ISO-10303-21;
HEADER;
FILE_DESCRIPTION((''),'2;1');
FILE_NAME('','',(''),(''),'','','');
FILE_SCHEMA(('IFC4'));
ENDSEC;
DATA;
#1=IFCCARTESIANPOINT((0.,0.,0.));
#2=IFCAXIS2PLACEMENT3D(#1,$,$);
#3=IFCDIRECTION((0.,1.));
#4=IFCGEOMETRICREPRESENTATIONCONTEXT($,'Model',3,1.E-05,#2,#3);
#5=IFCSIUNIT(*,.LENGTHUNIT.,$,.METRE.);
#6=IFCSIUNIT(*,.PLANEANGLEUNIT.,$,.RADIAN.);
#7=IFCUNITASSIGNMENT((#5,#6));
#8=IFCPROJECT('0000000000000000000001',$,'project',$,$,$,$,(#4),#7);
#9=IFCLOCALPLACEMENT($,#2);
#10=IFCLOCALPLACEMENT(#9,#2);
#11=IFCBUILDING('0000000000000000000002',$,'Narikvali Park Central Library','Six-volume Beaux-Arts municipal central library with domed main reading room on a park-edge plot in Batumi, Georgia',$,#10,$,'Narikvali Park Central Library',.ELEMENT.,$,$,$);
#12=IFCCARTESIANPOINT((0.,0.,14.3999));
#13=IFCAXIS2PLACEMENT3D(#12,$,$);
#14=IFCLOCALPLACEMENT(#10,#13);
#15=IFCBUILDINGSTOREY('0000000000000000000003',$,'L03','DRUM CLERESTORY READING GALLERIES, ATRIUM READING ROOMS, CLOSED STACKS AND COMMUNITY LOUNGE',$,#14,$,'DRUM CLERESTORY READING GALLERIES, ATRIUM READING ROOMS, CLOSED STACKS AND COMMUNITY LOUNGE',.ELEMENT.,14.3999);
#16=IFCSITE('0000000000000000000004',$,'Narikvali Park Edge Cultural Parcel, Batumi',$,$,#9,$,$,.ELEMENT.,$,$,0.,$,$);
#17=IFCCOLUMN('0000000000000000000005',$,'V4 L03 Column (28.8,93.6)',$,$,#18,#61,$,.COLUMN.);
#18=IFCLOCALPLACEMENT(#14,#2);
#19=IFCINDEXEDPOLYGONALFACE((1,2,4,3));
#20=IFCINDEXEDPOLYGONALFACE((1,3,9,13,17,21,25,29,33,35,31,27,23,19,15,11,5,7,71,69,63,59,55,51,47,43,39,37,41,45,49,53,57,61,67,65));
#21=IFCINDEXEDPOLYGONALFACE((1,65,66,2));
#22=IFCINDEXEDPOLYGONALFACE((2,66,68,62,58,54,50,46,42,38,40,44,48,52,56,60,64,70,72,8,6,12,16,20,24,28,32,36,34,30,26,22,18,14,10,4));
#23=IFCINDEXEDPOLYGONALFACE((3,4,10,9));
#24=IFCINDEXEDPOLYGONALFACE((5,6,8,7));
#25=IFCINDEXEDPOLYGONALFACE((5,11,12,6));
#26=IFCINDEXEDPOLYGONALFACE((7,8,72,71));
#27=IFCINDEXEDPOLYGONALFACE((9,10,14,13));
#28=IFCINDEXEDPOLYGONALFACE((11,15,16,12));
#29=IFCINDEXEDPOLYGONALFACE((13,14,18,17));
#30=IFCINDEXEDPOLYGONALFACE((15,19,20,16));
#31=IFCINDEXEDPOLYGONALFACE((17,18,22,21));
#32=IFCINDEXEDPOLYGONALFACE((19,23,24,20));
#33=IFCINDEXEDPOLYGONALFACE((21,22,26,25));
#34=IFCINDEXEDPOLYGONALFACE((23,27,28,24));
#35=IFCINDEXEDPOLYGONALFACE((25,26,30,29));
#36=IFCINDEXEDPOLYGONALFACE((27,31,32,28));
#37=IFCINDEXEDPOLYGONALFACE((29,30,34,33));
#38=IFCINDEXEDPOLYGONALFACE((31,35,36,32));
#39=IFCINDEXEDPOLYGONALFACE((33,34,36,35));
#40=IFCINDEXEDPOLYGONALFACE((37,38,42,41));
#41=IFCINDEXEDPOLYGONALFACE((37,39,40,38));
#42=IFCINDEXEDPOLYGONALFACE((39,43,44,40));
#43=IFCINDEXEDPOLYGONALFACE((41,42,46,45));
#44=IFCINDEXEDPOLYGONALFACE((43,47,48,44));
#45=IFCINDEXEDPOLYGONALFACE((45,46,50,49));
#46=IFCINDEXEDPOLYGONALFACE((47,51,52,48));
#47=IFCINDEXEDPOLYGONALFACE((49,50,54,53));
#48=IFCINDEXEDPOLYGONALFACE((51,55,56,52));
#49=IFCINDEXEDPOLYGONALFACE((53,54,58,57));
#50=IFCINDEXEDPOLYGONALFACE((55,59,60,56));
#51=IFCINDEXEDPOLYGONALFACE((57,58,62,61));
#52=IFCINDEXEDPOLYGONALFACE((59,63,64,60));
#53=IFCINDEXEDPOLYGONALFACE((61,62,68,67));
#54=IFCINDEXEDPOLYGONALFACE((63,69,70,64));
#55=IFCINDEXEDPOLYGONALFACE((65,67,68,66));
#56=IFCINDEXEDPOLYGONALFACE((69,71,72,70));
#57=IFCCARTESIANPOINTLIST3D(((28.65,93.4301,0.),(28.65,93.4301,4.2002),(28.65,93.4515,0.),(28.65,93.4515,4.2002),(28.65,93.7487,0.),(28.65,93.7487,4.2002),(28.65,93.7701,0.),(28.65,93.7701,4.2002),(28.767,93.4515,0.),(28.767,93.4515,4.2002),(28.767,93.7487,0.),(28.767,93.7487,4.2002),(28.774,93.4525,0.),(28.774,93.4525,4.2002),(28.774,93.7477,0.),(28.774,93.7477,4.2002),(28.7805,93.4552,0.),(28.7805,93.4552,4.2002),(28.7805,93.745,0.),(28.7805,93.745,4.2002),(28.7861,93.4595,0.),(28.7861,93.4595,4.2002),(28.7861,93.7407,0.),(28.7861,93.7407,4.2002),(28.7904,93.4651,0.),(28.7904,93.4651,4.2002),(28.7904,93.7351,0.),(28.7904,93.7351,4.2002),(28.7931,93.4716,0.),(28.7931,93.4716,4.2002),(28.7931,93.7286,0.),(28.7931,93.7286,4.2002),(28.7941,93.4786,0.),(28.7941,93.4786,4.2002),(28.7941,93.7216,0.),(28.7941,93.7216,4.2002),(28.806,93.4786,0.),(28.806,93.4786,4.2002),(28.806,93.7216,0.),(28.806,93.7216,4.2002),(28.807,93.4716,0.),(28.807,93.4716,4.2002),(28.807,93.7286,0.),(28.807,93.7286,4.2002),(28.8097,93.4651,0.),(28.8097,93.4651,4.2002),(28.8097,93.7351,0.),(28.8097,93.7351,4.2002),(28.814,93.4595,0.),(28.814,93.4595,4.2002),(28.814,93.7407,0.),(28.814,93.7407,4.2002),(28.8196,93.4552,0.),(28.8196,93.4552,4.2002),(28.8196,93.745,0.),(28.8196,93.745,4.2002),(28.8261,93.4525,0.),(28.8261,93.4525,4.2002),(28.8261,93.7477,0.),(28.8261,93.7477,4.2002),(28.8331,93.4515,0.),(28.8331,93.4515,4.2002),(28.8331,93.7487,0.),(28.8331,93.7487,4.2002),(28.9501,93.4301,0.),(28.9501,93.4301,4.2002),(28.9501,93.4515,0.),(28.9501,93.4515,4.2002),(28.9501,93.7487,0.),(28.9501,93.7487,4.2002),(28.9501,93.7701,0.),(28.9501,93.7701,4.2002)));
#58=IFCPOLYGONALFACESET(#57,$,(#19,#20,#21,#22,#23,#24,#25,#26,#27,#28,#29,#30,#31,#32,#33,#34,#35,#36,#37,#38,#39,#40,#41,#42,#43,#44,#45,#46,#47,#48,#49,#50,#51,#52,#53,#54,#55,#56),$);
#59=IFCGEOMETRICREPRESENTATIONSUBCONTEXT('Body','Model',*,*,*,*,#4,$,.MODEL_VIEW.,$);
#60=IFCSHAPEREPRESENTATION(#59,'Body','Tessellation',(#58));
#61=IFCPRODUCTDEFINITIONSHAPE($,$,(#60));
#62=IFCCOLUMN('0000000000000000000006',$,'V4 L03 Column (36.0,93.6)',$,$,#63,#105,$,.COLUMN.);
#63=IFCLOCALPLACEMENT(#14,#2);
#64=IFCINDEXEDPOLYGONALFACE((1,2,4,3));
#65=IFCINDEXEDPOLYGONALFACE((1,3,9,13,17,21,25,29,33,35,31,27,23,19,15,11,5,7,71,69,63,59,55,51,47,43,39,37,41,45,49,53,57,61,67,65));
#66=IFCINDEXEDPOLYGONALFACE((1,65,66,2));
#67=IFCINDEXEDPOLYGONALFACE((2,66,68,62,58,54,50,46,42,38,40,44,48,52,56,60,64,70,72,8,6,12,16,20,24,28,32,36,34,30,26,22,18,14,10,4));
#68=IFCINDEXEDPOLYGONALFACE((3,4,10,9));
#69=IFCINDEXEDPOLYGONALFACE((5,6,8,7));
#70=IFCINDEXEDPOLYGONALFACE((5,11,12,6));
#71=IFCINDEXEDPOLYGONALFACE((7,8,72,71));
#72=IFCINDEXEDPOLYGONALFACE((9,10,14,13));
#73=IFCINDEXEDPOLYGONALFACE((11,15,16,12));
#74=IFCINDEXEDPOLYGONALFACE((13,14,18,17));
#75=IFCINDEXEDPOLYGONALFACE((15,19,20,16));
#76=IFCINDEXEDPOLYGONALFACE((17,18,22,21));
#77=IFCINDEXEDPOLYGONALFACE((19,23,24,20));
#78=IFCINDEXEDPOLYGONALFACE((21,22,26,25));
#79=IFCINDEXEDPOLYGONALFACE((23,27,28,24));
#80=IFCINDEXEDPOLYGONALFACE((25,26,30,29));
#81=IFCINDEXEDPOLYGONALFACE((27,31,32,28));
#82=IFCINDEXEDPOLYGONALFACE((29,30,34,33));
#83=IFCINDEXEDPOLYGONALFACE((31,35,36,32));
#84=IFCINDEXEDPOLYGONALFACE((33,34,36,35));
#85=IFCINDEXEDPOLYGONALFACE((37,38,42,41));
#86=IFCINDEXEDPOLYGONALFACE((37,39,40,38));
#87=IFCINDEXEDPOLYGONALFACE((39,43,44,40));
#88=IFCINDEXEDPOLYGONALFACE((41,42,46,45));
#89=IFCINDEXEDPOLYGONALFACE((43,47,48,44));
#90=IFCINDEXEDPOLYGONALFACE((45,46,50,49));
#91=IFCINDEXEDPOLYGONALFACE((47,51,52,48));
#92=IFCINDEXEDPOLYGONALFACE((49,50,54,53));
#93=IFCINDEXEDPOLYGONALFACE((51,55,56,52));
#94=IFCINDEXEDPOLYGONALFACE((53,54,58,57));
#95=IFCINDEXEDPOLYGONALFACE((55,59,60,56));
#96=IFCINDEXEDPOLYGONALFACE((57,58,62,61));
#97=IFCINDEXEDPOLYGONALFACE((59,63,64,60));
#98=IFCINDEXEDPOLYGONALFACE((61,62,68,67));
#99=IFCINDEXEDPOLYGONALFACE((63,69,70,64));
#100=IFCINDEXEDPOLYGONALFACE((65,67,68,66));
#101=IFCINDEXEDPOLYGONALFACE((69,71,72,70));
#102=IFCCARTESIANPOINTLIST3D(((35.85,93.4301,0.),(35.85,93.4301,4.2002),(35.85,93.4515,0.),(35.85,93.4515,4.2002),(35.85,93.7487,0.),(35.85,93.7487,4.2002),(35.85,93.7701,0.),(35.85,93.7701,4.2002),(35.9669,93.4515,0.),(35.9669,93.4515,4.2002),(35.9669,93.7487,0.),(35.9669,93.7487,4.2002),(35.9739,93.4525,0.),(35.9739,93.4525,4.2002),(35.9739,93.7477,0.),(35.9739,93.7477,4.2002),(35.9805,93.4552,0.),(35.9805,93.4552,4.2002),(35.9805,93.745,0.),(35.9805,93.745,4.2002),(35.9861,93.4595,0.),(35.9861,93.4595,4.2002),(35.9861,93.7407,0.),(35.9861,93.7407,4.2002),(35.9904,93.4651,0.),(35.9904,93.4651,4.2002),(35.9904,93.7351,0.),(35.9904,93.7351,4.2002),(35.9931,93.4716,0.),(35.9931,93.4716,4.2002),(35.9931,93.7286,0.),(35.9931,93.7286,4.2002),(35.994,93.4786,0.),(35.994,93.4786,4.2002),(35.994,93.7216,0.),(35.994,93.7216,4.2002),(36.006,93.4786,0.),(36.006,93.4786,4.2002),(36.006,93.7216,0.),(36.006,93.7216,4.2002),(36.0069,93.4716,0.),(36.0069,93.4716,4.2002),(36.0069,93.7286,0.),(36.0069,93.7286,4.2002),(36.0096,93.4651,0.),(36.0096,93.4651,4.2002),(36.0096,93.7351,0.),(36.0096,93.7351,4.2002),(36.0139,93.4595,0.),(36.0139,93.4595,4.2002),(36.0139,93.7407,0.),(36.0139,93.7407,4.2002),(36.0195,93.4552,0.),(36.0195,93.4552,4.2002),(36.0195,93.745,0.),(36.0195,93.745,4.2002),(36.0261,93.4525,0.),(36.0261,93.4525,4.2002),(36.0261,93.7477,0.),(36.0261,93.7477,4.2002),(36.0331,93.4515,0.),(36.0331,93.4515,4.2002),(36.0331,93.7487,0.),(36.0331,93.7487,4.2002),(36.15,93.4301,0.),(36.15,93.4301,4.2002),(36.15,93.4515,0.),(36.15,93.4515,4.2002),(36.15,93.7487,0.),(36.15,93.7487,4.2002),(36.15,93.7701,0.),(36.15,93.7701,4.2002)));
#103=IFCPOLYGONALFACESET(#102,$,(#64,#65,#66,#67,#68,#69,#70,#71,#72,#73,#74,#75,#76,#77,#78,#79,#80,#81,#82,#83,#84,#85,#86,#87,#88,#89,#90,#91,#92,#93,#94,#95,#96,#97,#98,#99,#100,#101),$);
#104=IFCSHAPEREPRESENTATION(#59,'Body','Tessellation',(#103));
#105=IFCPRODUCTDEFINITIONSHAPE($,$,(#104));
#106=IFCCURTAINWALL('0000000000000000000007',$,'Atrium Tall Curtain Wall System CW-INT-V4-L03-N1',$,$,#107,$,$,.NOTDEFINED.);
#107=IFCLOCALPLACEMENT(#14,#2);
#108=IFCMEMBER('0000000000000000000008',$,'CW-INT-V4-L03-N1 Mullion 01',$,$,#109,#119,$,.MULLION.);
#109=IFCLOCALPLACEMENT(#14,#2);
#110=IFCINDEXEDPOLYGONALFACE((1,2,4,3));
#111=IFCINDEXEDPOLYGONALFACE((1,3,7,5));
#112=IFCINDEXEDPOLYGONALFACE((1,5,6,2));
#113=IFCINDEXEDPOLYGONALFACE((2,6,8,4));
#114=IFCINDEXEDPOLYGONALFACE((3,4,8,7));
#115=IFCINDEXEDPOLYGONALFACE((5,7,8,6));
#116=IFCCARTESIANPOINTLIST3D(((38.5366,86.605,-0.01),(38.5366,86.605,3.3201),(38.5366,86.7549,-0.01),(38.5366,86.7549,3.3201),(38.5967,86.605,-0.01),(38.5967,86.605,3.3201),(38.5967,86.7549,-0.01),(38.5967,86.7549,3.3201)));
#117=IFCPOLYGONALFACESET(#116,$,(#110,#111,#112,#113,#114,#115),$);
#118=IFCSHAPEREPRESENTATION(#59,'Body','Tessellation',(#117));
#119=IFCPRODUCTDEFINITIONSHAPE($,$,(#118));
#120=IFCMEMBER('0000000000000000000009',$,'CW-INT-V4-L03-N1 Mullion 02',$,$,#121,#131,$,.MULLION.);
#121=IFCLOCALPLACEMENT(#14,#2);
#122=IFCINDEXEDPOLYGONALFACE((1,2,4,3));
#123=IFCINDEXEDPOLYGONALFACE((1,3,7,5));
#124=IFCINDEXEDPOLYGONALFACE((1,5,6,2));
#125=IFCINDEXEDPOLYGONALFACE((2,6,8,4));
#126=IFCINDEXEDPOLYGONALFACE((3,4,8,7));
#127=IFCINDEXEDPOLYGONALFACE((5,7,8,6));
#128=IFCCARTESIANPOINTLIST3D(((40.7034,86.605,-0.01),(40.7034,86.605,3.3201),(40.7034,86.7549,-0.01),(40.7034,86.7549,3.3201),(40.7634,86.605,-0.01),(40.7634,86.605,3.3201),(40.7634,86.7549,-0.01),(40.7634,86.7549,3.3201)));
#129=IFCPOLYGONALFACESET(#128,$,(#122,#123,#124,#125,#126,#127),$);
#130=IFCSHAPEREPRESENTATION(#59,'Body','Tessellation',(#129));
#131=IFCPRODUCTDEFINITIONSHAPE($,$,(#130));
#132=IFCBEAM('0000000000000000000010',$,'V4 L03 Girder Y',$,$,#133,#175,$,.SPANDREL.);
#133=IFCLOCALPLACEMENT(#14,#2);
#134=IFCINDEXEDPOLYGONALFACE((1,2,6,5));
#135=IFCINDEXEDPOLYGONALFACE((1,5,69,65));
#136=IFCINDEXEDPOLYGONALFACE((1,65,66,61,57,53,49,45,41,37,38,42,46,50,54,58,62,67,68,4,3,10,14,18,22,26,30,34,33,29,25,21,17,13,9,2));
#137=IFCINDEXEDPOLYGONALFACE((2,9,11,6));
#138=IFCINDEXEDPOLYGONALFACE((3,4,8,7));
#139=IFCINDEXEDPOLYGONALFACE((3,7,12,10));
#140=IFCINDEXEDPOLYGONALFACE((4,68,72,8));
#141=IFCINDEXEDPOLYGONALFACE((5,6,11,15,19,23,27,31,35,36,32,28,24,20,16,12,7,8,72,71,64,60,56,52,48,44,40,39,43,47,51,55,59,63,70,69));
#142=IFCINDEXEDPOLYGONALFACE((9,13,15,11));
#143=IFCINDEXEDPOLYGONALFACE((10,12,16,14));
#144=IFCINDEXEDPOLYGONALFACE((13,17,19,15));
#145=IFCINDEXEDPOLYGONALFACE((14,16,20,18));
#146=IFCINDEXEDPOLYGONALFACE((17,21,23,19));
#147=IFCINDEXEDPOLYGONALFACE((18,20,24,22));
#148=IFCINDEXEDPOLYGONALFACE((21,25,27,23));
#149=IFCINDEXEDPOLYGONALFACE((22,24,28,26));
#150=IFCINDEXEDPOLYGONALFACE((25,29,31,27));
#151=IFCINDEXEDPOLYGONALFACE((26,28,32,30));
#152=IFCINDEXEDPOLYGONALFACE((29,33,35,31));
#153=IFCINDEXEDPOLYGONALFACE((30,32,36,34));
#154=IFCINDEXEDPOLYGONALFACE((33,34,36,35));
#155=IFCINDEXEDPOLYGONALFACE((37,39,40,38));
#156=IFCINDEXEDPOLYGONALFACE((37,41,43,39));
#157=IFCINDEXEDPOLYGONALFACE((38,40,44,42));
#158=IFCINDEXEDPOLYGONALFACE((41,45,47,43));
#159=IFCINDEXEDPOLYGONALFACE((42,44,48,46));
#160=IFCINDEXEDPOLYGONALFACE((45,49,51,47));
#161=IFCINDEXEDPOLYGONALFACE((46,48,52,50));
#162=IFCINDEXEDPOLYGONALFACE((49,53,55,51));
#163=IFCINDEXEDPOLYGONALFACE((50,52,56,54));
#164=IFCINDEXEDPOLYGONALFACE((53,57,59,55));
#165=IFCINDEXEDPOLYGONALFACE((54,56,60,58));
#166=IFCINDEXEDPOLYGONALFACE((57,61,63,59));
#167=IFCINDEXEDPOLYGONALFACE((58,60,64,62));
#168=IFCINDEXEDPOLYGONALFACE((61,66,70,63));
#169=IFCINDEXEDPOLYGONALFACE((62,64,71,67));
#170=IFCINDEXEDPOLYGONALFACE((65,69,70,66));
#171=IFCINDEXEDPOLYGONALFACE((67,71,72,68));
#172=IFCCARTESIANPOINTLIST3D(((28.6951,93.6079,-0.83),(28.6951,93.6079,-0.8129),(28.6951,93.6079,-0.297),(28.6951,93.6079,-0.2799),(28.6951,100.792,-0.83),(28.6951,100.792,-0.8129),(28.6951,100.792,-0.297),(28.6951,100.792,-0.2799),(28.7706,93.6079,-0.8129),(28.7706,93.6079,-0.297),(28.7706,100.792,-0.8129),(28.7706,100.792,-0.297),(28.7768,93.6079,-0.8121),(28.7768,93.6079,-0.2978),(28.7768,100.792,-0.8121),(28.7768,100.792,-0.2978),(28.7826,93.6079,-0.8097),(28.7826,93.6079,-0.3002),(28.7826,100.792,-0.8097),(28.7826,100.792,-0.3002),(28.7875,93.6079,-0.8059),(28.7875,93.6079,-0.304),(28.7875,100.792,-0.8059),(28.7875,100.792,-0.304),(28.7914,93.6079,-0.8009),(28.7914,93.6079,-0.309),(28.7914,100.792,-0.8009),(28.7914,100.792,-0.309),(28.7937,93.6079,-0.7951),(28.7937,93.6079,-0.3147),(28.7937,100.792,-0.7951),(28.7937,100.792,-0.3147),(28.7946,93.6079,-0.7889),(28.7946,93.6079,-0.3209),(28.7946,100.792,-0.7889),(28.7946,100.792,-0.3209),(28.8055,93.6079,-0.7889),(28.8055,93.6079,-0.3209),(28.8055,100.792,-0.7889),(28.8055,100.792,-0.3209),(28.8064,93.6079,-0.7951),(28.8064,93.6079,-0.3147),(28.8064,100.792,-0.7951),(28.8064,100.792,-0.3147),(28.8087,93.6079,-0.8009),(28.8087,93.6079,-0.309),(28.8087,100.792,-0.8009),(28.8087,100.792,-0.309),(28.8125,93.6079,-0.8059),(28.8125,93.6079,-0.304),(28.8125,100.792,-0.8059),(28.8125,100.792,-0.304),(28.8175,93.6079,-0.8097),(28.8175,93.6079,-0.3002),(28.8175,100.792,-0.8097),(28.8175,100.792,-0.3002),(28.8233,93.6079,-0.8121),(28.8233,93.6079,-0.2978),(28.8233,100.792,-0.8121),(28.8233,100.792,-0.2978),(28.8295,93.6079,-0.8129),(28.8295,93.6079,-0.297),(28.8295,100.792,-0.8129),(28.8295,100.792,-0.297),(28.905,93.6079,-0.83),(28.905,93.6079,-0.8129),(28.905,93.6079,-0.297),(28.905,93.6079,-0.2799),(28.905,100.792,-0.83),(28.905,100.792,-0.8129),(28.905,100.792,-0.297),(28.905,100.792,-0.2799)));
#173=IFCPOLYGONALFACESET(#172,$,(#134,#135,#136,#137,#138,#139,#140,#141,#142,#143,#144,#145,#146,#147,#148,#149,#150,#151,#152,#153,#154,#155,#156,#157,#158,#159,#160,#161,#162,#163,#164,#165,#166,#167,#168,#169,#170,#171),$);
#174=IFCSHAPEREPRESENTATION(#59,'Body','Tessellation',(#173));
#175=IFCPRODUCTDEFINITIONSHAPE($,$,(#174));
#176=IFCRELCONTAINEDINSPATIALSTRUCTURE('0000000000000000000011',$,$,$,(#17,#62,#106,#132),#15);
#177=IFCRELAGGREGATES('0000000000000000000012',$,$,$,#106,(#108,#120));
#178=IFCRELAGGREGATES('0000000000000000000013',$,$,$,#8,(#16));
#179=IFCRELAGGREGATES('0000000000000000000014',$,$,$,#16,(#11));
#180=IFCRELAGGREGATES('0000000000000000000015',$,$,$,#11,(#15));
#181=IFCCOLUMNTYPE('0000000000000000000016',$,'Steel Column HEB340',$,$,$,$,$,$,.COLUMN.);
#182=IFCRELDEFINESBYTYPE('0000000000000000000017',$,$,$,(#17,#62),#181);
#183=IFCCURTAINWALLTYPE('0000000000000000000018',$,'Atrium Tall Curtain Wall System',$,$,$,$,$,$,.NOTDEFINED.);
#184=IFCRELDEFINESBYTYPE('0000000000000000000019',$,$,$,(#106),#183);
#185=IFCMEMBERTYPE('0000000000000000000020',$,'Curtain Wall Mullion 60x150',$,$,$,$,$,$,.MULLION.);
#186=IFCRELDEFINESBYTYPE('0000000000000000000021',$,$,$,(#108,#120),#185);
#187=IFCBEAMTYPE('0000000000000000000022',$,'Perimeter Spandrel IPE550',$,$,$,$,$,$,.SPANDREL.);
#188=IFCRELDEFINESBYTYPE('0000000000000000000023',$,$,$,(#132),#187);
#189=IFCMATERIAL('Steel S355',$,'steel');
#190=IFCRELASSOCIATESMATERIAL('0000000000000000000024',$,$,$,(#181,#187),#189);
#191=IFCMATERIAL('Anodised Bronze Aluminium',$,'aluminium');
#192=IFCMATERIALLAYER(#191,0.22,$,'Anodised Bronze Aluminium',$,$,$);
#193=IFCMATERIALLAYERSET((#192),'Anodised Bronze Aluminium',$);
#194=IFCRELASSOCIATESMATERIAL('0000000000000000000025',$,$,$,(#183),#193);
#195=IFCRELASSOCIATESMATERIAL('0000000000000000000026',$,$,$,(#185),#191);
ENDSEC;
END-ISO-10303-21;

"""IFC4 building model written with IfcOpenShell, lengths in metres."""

from ifc_helpers import new_model, si_unit, direction, frame, origin, origin_2d, place, context, subcontext, project, spatial, rectangle, i_section, extrude, material, layer, layer_set, material_profile, profile_set, type_object, element, aggregate, save


model = new_model("IFC4")

# Units and contexts
model_context = context("Model", 3, precision=1e-05, world=origin(), true_north=direction((0.0, 1.0)))
body_context = subcontext(model_context, "Body", "Model", "MODEL_VIEW")
ifc_project = project(units=[si_unit("LENGTHUNIT", "METRE"), si_unit("PLANEANGLEUNIT", "RADIAN")], contexts=[model_context])

# Site, building, storey
site_placement = place(None, origin())
site = spatial("IfcSite", under=ifc_project, at=site_placement, Name="Narikvali Park Edge Cultural Parcel, Batumi", CompositionType="ELEMENT", RefElevation=0.0)
building_placement = place(site_placement, origin())
building = spatial("IfcBuilding", under=site, at=building_placement, Name="Narikvali Park Central Library", Description="Six-volume Beaux-Arts municipal central library with domed main reading room on a park-edge plot in Batumi, Georgia", LongName="Narikvali Park Central Library", CompositionType="ELEMENT")
storey_placement = place(building_placement, frame((0.0, 0.0, 14.3999)))
storey = spatial("IfcBuildingStorey", under=building, at=storey_placement, Name="L03", Description="DRUM CLERESTORY READING GALLERIES, ATRIUM READING ROOMS, CLOSED STACKS AND COMMUNITY LOUNGE", LongName="DRUM CLERESTORY READING GALLERIES, ATRIUM READING ROOMS, CLOSED STACKS AND COMMUNITY LOUNGE", CompositionType="ELEMENT", Elevation=14.3999)

# Columns
ifc_material_1 = material(Name="Steel S355", Category="steel")
ifc_material_profile_1 = material_profile(ifc_material_1, i_section(OverallWidth=0.3, OverallDepth=0.3401, WebThickness=0.012, FlangeThickness=0.0215, FilletRadius=0.0271, at=origin_2d()), Name="HEB 340")
ifc_profile_set_1 = profile_set([ifc_material_profile_1], Name="Steel S355")
column_type = type_object("IfcColumnType", Name="Steel Column HEB340", PredefinedType="COLUMN", material=ifc_profile_set_1)
for number, where, z_axis, x_axis, name in (
    (1, (28.8, 93.6001, 0.0), (0.0, 0.0, 1.0), (1.0, 0.0, 0.0), "V4 L03 Column (28.8,93.6)"),
    (2, (36.0, 93.6001, 0.0), (0.0, 0.0, 1.0), (1.0, 0.0, 0.0), "V4 L03 Column (36.0,93.6)"),
):
    element("IfcColumn", number, at=place(storey_placement, frame(where, z_axis=z_axis, x_axis=x_axis)), inside=storey, type_object=column_type, Name=name, PredefinedType="COLUMN", context=body_context, shape_type="SweptSolid", body=[
        extrude(i_section(OverallWidth=0.3, OverallDepth=0.3401, WebThickness=0.012, FlangeThickness=0.0215, FilletRadius=0.0271, at=origin_2d()), origin(), (0.0, 0.0, 1.0), 4.2002),
    ])

# Curtain wall, members
ifc_material_2 = material(Name="Anodised Bronze Aluminium", Category="aluminium")
ifc_layer_1 = layer(ifc_material_2, 0.22, Name="Anodised Bronze Aluminium")
ifc_layer_set_1 = layer_set([ifc_layer_1], Name="Anodised Bronze Aluminium")
curtain_wall_type = type_object("IfcCurtainWallType", Name="Atrium Tall Curtain Wall System", PredefinedType="NOTDEFINED", material=ifc_layer_set_1)
curtain_wall_placement = place(storey_placement, origin())
curtain_wall = element("IfcCurtainWall", 3, at=curtain_wall_placement, inside=storey, type_object=curtain_wall_type, Name="Atrium Tall Curtain Wall System CW-INT-V4-L03-N1", PredefinedType="NOTDEFINED")
ifc_material_profile_2 = material_profile(ifc_material_2, rectangle(XDim=0.0601, YDim=0.1499, at=origin_2d()), Name="CW MULLION 60x150")
ifc_profile_set_2 = profile_set([ifc_material_profile_2], Name="Anodised Bronze Aluminium")
member_type = type_object("IfcMemberType", Name="Curtain Wall Mullion 60x150", PredefinedType="MULLION", material=ifc_profile_set_2)
member_1_placement = place(storey_placement, frame((38.5667, 86.6799, -0.01), z_axis=(0.0, 0.0, 1.0), x_axis=(1.0, 0.0, 0.0)))
member_1 = element("IfcMember", 4, at=member_1_placement, type_object=member_type, Name="CW-INT-V4-L03-N1 Mullion 01", PredefinedType="MULLION", context=body_context, shape_type="SweptSolid", body=[
    extrude(rectangle(XDim=0.0601, YDim=0.1499, at=origin_2d()), origin(), (0.0, 0.0, 1.0), 3.3301),
])
member_2_placement = place(storey_placement, frame((40.7334, 86.6799, -0.01), z_axis=(0.0, 0.0, 1.0), x_axis=(1.0, 0.0, 0.0)))
member_2 = element("IfcMember", 5, at=member_2_placement, type_object=member_type, Name="CW-INT-V4-L03-N1 Mullion 02", PredefinedType="MULLION", context=body_context, shape_type="SweptSolid", body=[
    extrude(rectangle(XDim=0.0601, YDim=0.1499, at=origin_2d()), origin(), (0.0, 0.0, 1.0), 3.3301),
])

# Beam
ifc_material_profile_3 = material_profile(ifc_material_1, i_section(OverallWidth=0.21, OverallDepth=0.55, WebThickness=0.011, FlangeThickness=0.0171, FilletRadius=0.0239, at=origin_2d()), Name="IPE 550")
ifc_profile_set_3 = profile_set([ifc_material_profile_3], Name="Steel S355")
beam_type_1 = type_object("IfcBeamType", Name="Perimeter Spandrel IPE550", PredefinedType="SPANDREL", material=ifc_profile_set_3)
beam_1_placement = place(storey_placement, frame((28.8, 93.6079, -0.5549), z_axis=(0.0, 1.0, 0.0), x_axis=(-1.0, 0.0, 0.0)))
element("IfcBeam", 6, at=beam_1_placement, inside=storey, type_object=beam_type_1, Name="V4 L03 Girder Y", PredefinedType="SPANDREL", context=body_context, shape_type="SweptSolid", body=[
    extrude(i_section(OverallWidth=0.21, OverallDepth=0.55, WebThickness=0.011, FlangeThickness=0.0171, FilletRadius=0.0239, at=origin_2d()), origin(), (0.0, 0.0, 1.0), 7.1841),
])

aggregate(curtain_wall, [member_1, member_2])

save(model, "model.ifc")
